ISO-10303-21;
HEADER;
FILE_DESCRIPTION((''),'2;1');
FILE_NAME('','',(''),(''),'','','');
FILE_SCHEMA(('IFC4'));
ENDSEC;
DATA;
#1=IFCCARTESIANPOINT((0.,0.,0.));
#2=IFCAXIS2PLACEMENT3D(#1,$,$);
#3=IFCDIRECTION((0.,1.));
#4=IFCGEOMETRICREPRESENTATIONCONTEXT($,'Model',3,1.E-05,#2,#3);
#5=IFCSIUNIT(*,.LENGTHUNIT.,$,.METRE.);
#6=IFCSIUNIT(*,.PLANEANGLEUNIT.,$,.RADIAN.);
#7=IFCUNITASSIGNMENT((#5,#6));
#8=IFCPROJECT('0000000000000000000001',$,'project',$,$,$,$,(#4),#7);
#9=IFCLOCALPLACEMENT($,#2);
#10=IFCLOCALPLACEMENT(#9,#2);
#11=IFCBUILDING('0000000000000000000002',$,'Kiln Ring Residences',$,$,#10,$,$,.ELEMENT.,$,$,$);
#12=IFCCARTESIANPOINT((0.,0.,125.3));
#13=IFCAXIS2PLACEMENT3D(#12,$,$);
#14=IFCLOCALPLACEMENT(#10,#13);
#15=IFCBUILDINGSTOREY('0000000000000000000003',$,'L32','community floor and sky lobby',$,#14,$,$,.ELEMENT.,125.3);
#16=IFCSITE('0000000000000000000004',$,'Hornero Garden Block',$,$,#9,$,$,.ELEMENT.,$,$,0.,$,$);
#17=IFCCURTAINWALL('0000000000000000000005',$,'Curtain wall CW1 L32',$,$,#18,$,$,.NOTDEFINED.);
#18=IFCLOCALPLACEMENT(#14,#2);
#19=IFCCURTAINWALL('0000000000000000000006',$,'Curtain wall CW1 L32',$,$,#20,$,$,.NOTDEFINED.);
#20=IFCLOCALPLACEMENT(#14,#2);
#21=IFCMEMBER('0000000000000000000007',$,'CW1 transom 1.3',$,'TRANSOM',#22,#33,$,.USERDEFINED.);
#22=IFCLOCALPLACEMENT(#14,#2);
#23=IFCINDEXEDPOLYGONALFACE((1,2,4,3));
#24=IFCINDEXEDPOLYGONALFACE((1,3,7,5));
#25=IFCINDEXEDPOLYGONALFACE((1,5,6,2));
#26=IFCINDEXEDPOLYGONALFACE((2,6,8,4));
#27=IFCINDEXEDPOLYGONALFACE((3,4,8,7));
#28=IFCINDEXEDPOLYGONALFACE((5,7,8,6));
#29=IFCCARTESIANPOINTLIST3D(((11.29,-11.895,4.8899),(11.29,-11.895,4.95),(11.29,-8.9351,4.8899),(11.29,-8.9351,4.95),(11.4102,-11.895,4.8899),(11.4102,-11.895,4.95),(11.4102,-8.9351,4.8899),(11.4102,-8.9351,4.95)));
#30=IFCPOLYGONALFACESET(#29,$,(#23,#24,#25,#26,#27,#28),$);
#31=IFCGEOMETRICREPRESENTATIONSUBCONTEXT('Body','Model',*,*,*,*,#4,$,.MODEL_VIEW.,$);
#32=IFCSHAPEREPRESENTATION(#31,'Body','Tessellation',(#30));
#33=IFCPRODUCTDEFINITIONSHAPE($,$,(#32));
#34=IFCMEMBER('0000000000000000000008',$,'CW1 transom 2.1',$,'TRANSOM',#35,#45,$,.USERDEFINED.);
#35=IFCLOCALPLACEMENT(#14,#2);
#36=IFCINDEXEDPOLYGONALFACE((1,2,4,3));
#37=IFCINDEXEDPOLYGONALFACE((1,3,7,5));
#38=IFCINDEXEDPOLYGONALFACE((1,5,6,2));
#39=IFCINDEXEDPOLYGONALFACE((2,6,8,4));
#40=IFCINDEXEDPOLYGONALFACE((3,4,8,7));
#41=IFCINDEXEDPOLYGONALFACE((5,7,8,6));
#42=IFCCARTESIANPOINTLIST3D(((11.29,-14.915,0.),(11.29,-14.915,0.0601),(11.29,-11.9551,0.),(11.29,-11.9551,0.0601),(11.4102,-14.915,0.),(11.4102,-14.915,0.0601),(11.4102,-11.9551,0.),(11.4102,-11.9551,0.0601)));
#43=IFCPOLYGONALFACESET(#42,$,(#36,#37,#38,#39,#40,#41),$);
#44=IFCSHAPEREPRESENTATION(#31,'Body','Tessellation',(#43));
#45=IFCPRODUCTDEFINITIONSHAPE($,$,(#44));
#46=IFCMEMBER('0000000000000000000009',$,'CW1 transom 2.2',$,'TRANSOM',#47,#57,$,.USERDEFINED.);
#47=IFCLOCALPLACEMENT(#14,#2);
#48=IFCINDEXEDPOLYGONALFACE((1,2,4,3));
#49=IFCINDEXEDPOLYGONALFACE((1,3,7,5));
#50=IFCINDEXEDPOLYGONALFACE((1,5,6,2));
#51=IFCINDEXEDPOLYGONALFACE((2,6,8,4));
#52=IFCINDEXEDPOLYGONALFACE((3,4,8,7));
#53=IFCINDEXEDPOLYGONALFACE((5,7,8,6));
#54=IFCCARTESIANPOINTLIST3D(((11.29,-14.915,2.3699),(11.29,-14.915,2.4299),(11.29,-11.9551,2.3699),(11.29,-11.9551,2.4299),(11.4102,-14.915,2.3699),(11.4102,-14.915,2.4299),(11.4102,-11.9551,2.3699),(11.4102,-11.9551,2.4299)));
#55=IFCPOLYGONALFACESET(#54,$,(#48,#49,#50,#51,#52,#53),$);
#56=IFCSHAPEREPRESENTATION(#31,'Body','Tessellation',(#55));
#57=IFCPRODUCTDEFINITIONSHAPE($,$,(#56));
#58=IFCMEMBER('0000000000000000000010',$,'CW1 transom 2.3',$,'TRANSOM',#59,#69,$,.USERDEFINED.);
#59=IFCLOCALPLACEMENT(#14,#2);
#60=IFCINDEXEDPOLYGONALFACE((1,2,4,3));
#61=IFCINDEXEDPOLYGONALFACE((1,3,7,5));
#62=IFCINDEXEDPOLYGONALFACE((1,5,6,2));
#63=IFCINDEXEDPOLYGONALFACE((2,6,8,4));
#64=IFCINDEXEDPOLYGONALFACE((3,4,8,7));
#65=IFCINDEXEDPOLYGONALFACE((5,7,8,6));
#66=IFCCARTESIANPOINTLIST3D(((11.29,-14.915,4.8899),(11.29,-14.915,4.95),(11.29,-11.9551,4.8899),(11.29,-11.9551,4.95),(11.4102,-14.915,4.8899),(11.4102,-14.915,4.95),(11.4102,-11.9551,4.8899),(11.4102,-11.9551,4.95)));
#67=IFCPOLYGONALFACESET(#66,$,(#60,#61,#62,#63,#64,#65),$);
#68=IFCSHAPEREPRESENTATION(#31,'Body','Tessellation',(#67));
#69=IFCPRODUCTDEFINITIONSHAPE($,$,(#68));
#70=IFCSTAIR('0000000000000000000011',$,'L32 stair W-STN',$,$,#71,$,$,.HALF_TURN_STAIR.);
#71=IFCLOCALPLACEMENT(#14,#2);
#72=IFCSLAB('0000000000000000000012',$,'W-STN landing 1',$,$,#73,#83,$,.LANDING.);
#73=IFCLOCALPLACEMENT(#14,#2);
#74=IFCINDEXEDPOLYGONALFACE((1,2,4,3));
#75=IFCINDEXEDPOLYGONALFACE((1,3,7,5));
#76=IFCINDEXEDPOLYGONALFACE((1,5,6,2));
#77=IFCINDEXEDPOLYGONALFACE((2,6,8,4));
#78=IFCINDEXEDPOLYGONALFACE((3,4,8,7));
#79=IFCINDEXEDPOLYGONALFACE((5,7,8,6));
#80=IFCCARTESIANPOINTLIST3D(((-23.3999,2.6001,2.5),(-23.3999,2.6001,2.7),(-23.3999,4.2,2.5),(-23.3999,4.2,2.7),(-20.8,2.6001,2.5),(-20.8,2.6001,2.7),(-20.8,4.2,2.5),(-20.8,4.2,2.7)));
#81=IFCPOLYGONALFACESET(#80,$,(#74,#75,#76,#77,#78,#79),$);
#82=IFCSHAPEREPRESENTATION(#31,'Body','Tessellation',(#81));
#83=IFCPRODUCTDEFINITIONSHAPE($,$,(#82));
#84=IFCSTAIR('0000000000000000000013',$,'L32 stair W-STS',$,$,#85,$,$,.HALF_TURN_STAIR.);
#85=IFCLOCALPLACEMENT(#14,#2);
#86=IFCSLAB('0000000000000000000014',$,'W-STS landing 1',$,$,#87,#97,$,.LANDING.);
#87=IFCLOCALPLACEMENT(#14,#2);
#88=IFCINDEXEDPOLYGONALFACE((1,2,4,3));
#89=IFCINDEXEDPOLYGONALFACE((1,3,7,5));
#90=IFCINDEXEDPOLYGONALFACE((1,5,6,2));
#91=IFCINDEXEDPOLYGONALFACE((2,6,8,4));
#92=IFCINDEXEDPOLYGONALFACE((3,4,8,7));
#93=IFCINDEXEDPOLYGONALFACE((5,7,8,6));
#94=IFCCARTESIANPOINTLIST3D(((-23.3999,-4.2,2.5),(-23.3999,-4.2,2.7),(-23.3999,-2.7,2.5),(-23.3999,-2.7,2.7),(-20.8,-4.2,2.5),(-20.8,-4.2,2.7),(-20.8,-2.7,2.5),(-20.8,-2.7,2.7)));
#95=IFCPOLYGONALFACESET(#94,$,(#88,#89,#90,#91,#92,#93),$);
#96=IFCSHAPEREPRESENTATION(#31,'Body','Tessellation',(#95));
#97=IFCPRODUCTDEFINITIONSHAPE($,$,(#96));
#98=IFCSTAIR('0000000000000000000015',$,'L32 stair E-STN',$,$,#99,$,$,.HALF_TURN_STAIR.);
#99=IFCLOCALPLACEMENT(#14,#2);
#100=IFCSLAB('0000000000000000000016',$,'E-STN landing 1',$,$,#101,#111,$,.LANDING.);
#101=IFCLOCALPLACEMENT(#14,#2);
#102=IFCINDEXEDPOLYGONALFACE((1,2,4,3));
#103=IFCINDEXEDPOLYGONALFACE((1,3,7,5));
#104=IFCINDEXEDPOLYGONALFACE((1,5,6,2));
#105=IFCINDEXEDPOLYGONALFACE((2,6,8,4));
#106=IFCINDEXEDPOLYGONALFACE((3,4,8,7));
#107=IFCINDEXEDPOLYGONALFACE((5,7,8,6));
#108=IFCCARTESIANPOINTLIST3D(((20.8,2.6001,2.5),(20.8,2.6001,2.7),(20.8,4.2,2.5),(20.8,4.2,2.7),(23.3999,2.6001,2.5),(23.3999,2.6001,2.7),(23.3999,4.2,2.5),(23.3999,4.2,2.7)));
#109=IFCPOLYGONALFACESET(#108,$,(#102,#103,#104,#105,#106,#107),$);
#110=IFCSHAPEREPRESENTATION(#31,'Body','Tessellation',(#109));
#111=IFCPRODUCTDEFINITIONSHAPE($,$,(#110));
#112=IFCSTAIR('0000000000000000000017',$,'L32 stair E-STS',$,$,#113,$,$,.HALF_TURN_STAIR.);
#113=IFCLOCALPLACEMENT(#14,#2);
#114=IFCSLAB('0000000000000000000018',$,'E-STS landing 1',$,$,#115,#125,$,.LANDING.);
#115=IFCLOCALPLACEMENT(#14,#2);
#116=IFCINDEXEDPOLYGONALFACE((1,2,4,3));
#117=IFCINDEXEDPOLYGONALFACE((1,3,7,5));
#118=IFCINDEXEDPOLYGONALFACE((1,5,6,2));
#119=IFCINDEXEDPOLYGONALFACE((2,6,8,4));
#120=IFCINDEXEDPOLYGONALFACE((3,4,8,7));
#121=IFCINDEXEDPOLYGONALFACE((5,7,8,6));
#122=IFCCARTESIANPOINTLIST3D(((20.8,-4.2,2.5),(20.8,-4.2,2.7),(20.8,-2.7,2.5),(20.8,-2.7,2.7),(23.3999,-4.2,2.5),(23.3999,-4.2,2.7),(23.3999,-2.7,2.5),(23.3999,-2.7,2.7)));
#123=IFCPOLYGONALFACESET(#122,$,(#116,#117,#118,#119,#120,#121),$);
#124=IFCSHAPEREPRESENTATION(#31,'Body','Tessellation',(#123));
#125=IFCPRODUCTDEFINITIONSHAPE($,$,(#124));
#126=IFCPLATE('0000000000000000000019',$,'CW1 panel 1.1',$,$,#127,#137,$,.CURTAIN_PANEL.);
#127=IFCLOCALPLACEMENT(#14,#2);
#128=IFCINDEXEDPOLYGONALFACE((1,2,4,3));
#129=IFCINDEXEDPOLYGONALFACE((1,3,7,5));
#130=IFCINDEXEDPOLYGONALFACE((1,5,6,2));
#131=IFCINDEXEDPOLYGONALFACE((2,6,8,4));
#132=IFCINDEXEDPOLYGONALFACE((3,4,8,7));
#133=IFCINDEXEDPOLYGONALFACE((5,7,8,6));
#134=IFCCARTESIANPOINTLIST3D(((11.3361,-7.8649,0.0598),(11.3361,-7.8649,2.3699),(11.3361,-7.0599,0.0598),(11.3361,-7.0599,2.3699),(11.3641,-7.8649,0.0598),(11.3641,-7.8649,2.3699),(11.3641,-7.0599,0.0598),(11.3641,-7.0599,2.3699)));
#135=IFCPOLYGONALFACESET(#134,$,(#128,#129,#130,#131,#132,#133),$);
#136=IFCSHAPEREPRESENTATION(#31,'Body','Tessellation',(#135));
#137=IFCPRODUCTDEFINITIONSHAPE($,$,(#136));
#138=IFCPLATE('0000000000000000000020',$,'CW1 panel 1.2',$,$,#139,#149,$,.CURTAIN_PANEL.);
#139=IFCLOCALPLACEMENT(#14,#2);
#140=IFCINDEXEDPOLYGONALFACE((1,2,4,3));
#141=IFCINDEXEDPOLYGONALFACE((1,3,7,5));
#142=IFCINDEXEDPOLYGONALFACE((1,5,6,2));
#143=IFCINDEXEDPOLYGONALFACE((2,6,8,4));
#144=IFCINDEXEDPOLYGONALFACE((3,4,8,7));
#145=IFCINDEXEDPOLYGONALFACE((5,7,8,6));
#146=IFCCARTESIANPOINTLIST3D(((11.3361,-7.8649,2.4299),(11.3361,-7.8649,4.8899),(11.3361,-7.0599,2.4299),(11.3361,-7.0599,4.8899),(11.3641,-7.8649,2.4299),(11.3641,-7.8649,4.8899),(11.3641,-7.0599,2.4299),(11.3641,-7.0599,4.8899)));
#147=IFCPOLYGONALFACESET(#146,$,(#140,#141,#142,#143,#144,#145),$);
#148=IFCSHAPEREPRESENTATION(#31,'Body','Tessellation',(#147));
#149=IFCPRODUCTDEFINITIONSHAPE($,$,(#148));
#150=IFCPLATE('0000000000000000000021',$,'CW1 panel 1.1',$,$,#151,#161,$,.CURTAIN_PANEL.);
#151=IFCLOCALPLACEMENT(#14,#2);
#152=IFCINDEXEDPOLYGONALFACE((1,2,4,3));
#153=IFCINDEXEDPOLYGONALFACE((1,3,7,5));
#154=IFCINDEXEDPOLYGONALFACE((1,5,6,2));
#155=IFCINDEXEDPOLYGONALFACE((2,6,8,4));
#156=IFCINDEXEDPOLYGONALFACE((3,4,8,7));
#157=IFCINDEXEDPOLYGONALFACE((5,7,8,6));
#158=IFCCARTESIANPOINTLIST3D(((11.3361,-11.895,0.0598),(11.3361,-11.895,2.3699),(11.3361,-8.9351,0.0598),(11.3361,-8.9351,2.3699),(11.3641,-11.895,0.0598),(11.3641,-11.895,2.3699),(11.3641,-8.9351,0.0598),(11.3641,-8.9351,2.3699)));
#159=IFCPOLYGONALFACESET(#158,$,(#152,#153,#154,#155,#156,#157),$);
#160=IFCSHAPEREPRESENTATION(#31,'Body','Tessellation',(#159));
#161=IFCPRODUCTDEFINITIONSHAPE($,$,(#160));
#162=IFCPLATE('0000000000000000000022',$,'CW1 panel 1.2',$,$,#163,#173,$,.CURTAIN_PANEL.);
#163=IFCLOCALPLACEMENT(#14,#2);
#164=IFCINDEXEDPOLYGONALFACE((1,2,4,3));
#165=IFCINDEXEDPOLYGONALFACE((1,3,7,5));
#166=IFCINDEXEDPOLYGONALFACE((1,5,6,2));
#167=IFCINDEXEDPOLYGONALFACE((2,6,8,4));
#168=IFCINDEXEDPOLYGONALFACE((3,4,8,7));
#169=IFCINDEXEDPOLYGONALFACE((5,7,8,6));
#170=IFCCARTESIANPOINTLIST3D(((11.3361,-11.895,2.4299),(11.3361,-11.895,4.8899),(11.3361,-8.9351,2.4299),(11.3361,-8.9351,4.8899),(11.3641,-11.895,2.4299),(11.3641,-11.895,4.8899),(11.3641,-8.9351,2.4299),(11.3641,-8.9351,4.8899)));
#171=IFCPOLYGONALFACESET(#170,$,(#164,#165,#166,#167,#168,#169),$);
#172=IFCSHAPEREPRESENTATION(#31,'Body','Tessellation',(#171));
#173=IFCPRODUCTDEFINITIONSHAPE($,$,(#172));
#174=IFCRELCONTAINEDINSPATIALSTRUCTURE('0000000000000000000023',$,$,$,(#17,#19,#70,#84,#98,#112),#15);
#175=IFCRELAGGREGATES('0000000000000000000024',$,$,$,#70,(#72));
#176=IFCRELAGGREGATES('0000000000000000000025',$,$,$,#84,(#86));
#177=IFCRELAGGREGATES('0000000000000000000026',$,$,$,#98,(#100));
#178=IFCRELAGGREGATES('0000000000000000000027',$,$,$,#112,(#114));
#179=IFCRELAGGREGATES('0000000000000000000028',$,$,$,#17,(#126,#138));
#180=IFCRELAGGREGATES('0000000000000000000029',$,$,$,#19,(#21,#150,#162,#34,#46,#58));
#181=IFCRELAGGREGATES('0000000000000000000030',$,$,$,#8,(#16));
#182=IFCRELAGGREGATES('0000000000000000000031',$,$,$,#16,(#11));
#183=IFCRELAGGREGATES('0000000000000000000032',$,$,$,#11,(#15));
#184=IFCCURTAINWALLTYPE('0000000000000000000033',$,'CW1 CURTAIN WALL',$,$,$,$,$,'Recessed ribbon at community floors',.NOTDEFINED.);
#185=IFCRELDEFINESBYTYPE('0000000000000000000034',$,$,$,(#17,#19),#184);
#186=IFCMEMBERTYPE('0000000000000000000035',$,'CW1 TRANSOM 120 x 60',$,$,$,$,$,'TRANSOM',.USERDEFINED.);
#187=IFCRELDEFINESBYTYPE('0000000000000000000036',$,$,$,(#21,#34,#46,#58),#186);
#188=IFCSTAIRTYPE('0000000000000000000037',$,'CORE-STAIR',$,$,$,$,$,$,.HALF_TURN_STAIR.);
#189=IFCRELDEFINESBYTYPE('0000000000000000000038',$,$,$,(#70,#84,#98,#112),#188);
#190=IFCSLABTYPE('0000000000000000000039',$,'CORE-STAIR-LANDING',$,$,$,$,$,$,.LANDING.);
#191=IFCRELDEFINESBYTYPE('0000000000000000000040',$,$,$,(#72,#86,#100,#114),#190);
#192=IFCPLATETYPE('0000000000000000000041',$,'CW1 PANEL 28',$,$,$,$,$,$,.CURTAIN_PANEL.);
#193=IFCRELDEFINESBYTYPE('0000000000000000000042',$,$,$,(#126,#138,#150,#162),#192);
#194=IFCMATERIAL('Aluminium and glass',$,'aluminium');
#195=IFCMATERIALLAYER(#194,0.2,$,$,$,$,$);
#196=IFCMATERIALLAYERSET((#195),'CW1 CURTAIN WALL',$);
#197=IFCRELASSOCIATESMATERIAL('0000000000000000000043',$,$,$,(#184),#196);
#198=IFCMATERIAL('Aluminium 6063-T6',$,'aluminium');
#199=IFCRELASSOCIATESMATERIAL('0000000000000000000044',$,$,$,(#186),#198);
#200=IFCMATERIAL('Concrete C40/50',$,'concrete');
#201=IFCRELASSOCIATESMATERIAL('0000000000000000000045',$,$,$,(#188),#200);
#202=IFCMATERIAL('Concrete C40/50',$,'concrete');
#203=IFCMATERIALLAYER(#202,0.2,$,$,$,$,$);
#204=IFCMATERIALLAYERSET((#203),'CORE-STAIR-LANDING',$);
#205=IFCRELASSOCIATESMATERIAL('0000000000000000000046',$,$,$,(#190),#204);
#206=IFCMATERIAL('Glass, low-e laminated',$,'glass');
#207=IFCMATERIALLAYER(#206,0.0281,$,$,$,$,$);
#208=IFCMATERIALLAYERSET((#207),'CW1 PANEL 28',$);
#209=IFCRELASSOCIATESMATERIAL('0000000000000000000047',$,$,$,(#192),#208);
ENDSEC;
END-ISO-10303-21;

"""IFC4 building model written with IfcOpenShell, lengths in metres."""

from ifc_helpers import new_model, si_unit, direction, frame, origin, origin_2d, place, context, subcontext, project, spatial, polyline, rectangle, outline, extrude, material, layer, layer_set, material_profile, profile_set, type_object, element, aggregate, save


model = new_model("IFC4")

# Units and contexts
model_context = context("Model", 3, precision=1e-05, world=origin(), true_north=direction((0.0, 1.0)))
body_context = subcontext(model_context, "Body", "Model", "MODEL_VIEW")
ifc_project = project(units=[si_unit("LENGTHUNIT", "METRE"), si_unit("PLANEANGLEUNIT", "RADIAN")], contexts=[model_context])

# Site, building, storey
site_placement = place(None, origin())
site = spatial("IfcSite", under=ifc_project, at=site_placement, Name="Hornero Garden Block", CompositionType="ELEMENT", RefElevation=0.0)
building_placement = place(site_placement, origin())
building = spatial("IfcBuilding", under=site, at=building_placement, Name="Kiln Ring Residences", CompositionType="ELEMENT")
storey_placement = place(building_placement, frame((0.0, 0.0, 125.3)))
storey = spatial("IfcBuildingStorey", under=building, at=storey_placement, Name="L32", Description="community floor and sky lobby", CompositionType="ELEMENT", Elevation=125.3)

# Curtain wall
ifc_material_1 = material(Name="Aluminium and glass", Category="aluminium")
ifc_layer_1 = layer(ifc_material_1, 0.2)
ifc_layer_set_1 = layer_set([ifc_layer_1], Name="CW1 CURTAIN WALL")
curtain_wall_type = type_object("IfcCurtainWallType", Name="CW1 CURTAIN WALL", ElementType="Recessed ribbon at community floors", PredefinedType="NOTDEFINED", material=ifc_layer_set_1)
placement_1 = place(storey_placement, origin())
curtain_wall_1 = element("IfcCurtainWall", 1, at=placement_1, inside=storey, type_object=curtain_wall_type, Name="Curtain wall CW1 L32", PredefinedType="NOTDEFINED")

# Curtain wall, members
curtain_wall_2 = element("IfcCurtainWall", 2, at=placement_1, inside=storey, type_object=curtain_wall_type, Name="Curtain wall CW1 L32", PredefinedType="NOTDEFINED")
ifc_material_2 = material(Name="Aluminium 6063-T6", Category="aluminium")
ifc_material_profile_1 = material_profile(ifc_material_2, rectangle(XDim=0.1201, YDim=0.0601, at=origin_2d()), Name="AL 120x60")
ifc_profile_set_1 = profile_set([ifc_material_profile_1], Name="Aluminium 6063-T6")
member_type_1 = type_object("IfcMemberType", Name="CW1 TRANSOM 120 x 60", ElementType="TRANSOM", PredefinedType="USERDEFINED", material=ifc_profile_set_1)
member_1_placement = place(storey_placement, frame((11.3501, -8.9351, 4.9199), z_axis=(0.0, -1.0, 0.0), x_axis=(1.0, 0.0, 0.0)))
member_1 = element("IfcMember", 3, at=member_1_placement, type_object=member_type_1, Name="CW1 transom 1.3", ObjectType="TRANSOM", PredefinedType="USERDEFINED", context=body_context, shape_type="SweptSolid", body=[
    extrude(rectangle(XDim=0.1201, YDim=0.0601, at=origin_2d()), origin(), (0.0, 0.0, 1.0), 2.96),
])
member_2_placement = place(storey_placement, frame((11.3501, -11.9551, 0.03), z_axis=(0.0, -1.0, 0.0), x_axis=(1.0, 0.0, 0.0)))
member_2 = element("IfcMember", 4, at=member_2_placement, type_object=member_type_1, Name="CW1 transom 2.1", ObjectType="TRANSOM", PredefinedType="USERDEFINED", context=body_context, shape_type="SweptSolid", body=[
    extrude(rectangle(XDim=0.1201, YDim=0.0601, at=origin_2d()), origin(), (0.0, 0.0, 1.0), 2.96),
])
member_3_placement = place(storey_placement, frame((11.3501, -11.9551, 2.3999), z_axis=(0.0, -1.0, 0.0), x_axis=(1.0, 0.0, 0.0)))
member_3 = element("IfcMember", 5, at=member_3_placement, type_object=member_type_1, Name="CW1 transom 2.2", ObjectType="TRANSOM", PredefinedType="USERDEFINED", context=body_context, shape_type="SweptSolid", body=[
    extrude(rectangle(XDim=0.1201, YDim=0.0601, at=origin_2d()), origin(), (0.0, 0.0, 1.0), 2.96),
])
member_4_placement = place(storey_placement, frame((11.3501, -11.9551, 4.9199), z_axis=(0.0, -1.0, 0.0), x_axis=(1.0, 0.0, 0.0)))
member_4 = element("IfcMember", 6, at=member_4_placement, type_object=member_type_1, Name="CW1 transom 2.3", ObjectType="TRANSOM", PredefinedType="USERDEFINED", context=body_context, shape_type="SweptSolid", body=[
    extrude(rectangle(XDim=0.1201, YDim=0.0601, at=origin_2d()), origin(), (0.0, 0.0, 1.0), 2.96),
])

# Stairs, slabs
ifc_material_3 = material(Name="Concrete C40/50", Category="concrete")
stair_type = type_object("IfcStairType", Name="CORE-STAIR", PredefinedType="HALF_TURN_STAIR", material=ifc_material_3)
stair_1 = element("IfcStair", 7, at=placement_1, inside=storey, type_object=stair_type, Name="L32 stair W-STN", PredefinedType="HALF_TURN_STAIR")
ifc_material_4 = material(Name="Concrete C40/50", Category="concrete")
ifc_layer_2 = layer(ifc_material_4, 0.2)
ifc_layer_set_2 = layer_set([ifc_layer_2], Name="CORE-STAIR-LANDING")
slab_type = type_object("IfcSlabType", Name="CORE-STAIR-LANDING", PredefinedType="LANDING", material=ifc_layer_set_2)
placement_2 = place(storey_placement, frame((0.0, 0.0, 2.5)))
slab_1 = element("IfcSlab", 8, at=placement_2, type_object=slab_type, Name="W-STN landing 1", PredefinedType="LANDING", context=body_context, shape_type="SweptSolid", body=[
    extrude(outline(polyline([(-23.3999, 4.2), (-23.3999, 2.6001), (-20.8, 2.6001), (-20.8, 4.2), (-23.3999, 4.2)])), origin(), (0.0, 0.0, 1.0), 0.2),
])
aggregate(stair_1, [slab_1])
stair_2 = element("IfcStair", 9, at=placement_1, inside=storey, type_object=stair_type, Name="L32 stair W-STS", PredefinedType="HALF_TURN_STAIR")
slab_2 = element("IfcSlab", 10, at=placement_2, type_object=slab_type, Name="W-STS landing 1", PredefinedType="LANDING", context=body_context, shape_type="SweptSolid", body=[
    extrude(outline(polyline([(-20.8, -4.2), (-20.8, -2.7), (-23.3999, -2.7), (-23.3999, -4.2), (-20.8, -4.2)])), origin(), (0.0, 0.0, 1.0), 0.2),
])
aggregate(stair_2, [slab_2])
stair_3 = element("IfcStair", 11, at=placement_1, inside=storey, type_object=stair_type, Name="L32 stair E-STN", PredefinedType="HALF_TURN_STAIR")
slab_3 = element("IfcSlab", 12, at=placement_2, type_object=slab_type, Name="E-STN landing 1", PredefinedType="LANDING", context=body_context, shape_type="SweptSolid", body=[
    extrude(outline(polyline([(20.8, 4.2), (20.8, 2.6001), (23.3999, 2.6001), (23.3999, 4.2), (20.8, 4.2)])), origin(), (0.0, 0.0, 1.0), 0.2),
])
aggregate(stair_3, [slab_3])
stair_4 = element("IfcStair", 13, at=placement_1, inside=storey, type_object=stair_type, Name="L32 stair E-STS", PredefinedType="HALF_TURN_STAIR")
slab_4 = element("IfcSlab", 14, at=placement_2, type_object=slab_type, Name="E-STS landing 1", PredefinedType="LANDING", context=body_context, shape_type="SweptSolid", body=[
    extrude(outline(polyline([(23.3999, -4.2), (23.3999, -2.7), (20.8, -2.7), (20.8, -4.2), (23.3999, -4.2)])), origin(), (0.0, 0.0, 1.0), 0.2),
])
aggregate(stair_4, [slab_4])

# Plates
ifc_material_5 = material(Name="Glass, low-e laminated", Category="glass")
ifc_layer_3 = layer(ifc_material_5, 0.0281)
ifc_layer_set_3 = layer_set([ifc_layer_3], Name="CW1 PANEL 28")
plate_type = type_object("IfcPlateType", Name="CW1 PANEL 28", PredefinedType="CURTAIN_PANEL", material=ifc_layer_set_3)
plate_1_placement = place(storey_placement, frame((11.3501, -7.4624, 0.0598), z_axis=(0.0, 0.0, 1.0), x_axis=(0.0, -1.0, 0.0)))
plate_1 = element("IfcPlate", 15, at=plate_1_placement, type_object=plate_type, Name="CW1 panel 1.1", PredefinedType="CURTAIN_PANEL", context=body_context, shape_type="SweptSolid", body=[
    extrude(rectangle(XDim=0.8049, YDim=0.0281, at=origin_2d()), origin(), (0.0, 0.0, 1.0), 2.3101),
])
plate_2_placement = place(storey_placement, frame((11.3501, -7.4624, 2.4299), z_axis=(0.0, 0.0, 1.0), x_axis=(0.0, -1.0, 0.0)))
plate_2 = element("IfcPlate", 16, at=plate_2_placement, type_object=plate_type, Name="CW1 panel 1.2", PredefinedType="CURTAIN_PANEL", context=body_context, shape_type="SweptSolid", body=[
    extrude(rectangle(XDim=0.8049, YDim=0.0281, at=origin_2d()), origin(), (0.0, 0.0, 1.0), 2.46),
])
aggregate(curtain_wall_1, [plate_1, plate_2])
plate_3_placement = place(storey_placement, frame((11.3501, -10.415, 0.0598), z_axis=(0.0, 0.0, 1.0), x_axis=(0.0, -1.0, 0.0)))
plate_3 = element("IfcPlate", 17, at=plate_3_placement, type_object=plate_type, Name="CW1 panel 1.1", PredefinedType="CURTAIN_PANEL", context=body_context, shape_type="SweptSolid", body=[
    extrude(rectangle(XDim=2.96, YDim=0.0281, at=origin_2d()), origin(), (0.0, 0.0, 1.0), 2.3101),
])
plate_4_placement = place(storey_placement, frame((11.3501, -10.415, 2.4299), z_axis=(0.0, 0.0, 1.0), x_axis=(0.0, -1.0, 0.0)))
plate_4 = element("IfcPlate", 18, at=plate_4_placement, type_object=plate_type, Name="CW1 panel 1.2", PredefinedType="CURTAIN_PANEL", context=body_context, shape_type="SweptSolid", body=[
    extrude(rectangle(XDim=2.96, YDim=0.0281, at=origin_2d()), origin(), (0.0, 0.0, 1.0), 2.46),
])
aggregate(curtain_wall_2, [member_1, plate_3, plate_4, member_2, member_3, member_4])

save(model, "model.ifc")
